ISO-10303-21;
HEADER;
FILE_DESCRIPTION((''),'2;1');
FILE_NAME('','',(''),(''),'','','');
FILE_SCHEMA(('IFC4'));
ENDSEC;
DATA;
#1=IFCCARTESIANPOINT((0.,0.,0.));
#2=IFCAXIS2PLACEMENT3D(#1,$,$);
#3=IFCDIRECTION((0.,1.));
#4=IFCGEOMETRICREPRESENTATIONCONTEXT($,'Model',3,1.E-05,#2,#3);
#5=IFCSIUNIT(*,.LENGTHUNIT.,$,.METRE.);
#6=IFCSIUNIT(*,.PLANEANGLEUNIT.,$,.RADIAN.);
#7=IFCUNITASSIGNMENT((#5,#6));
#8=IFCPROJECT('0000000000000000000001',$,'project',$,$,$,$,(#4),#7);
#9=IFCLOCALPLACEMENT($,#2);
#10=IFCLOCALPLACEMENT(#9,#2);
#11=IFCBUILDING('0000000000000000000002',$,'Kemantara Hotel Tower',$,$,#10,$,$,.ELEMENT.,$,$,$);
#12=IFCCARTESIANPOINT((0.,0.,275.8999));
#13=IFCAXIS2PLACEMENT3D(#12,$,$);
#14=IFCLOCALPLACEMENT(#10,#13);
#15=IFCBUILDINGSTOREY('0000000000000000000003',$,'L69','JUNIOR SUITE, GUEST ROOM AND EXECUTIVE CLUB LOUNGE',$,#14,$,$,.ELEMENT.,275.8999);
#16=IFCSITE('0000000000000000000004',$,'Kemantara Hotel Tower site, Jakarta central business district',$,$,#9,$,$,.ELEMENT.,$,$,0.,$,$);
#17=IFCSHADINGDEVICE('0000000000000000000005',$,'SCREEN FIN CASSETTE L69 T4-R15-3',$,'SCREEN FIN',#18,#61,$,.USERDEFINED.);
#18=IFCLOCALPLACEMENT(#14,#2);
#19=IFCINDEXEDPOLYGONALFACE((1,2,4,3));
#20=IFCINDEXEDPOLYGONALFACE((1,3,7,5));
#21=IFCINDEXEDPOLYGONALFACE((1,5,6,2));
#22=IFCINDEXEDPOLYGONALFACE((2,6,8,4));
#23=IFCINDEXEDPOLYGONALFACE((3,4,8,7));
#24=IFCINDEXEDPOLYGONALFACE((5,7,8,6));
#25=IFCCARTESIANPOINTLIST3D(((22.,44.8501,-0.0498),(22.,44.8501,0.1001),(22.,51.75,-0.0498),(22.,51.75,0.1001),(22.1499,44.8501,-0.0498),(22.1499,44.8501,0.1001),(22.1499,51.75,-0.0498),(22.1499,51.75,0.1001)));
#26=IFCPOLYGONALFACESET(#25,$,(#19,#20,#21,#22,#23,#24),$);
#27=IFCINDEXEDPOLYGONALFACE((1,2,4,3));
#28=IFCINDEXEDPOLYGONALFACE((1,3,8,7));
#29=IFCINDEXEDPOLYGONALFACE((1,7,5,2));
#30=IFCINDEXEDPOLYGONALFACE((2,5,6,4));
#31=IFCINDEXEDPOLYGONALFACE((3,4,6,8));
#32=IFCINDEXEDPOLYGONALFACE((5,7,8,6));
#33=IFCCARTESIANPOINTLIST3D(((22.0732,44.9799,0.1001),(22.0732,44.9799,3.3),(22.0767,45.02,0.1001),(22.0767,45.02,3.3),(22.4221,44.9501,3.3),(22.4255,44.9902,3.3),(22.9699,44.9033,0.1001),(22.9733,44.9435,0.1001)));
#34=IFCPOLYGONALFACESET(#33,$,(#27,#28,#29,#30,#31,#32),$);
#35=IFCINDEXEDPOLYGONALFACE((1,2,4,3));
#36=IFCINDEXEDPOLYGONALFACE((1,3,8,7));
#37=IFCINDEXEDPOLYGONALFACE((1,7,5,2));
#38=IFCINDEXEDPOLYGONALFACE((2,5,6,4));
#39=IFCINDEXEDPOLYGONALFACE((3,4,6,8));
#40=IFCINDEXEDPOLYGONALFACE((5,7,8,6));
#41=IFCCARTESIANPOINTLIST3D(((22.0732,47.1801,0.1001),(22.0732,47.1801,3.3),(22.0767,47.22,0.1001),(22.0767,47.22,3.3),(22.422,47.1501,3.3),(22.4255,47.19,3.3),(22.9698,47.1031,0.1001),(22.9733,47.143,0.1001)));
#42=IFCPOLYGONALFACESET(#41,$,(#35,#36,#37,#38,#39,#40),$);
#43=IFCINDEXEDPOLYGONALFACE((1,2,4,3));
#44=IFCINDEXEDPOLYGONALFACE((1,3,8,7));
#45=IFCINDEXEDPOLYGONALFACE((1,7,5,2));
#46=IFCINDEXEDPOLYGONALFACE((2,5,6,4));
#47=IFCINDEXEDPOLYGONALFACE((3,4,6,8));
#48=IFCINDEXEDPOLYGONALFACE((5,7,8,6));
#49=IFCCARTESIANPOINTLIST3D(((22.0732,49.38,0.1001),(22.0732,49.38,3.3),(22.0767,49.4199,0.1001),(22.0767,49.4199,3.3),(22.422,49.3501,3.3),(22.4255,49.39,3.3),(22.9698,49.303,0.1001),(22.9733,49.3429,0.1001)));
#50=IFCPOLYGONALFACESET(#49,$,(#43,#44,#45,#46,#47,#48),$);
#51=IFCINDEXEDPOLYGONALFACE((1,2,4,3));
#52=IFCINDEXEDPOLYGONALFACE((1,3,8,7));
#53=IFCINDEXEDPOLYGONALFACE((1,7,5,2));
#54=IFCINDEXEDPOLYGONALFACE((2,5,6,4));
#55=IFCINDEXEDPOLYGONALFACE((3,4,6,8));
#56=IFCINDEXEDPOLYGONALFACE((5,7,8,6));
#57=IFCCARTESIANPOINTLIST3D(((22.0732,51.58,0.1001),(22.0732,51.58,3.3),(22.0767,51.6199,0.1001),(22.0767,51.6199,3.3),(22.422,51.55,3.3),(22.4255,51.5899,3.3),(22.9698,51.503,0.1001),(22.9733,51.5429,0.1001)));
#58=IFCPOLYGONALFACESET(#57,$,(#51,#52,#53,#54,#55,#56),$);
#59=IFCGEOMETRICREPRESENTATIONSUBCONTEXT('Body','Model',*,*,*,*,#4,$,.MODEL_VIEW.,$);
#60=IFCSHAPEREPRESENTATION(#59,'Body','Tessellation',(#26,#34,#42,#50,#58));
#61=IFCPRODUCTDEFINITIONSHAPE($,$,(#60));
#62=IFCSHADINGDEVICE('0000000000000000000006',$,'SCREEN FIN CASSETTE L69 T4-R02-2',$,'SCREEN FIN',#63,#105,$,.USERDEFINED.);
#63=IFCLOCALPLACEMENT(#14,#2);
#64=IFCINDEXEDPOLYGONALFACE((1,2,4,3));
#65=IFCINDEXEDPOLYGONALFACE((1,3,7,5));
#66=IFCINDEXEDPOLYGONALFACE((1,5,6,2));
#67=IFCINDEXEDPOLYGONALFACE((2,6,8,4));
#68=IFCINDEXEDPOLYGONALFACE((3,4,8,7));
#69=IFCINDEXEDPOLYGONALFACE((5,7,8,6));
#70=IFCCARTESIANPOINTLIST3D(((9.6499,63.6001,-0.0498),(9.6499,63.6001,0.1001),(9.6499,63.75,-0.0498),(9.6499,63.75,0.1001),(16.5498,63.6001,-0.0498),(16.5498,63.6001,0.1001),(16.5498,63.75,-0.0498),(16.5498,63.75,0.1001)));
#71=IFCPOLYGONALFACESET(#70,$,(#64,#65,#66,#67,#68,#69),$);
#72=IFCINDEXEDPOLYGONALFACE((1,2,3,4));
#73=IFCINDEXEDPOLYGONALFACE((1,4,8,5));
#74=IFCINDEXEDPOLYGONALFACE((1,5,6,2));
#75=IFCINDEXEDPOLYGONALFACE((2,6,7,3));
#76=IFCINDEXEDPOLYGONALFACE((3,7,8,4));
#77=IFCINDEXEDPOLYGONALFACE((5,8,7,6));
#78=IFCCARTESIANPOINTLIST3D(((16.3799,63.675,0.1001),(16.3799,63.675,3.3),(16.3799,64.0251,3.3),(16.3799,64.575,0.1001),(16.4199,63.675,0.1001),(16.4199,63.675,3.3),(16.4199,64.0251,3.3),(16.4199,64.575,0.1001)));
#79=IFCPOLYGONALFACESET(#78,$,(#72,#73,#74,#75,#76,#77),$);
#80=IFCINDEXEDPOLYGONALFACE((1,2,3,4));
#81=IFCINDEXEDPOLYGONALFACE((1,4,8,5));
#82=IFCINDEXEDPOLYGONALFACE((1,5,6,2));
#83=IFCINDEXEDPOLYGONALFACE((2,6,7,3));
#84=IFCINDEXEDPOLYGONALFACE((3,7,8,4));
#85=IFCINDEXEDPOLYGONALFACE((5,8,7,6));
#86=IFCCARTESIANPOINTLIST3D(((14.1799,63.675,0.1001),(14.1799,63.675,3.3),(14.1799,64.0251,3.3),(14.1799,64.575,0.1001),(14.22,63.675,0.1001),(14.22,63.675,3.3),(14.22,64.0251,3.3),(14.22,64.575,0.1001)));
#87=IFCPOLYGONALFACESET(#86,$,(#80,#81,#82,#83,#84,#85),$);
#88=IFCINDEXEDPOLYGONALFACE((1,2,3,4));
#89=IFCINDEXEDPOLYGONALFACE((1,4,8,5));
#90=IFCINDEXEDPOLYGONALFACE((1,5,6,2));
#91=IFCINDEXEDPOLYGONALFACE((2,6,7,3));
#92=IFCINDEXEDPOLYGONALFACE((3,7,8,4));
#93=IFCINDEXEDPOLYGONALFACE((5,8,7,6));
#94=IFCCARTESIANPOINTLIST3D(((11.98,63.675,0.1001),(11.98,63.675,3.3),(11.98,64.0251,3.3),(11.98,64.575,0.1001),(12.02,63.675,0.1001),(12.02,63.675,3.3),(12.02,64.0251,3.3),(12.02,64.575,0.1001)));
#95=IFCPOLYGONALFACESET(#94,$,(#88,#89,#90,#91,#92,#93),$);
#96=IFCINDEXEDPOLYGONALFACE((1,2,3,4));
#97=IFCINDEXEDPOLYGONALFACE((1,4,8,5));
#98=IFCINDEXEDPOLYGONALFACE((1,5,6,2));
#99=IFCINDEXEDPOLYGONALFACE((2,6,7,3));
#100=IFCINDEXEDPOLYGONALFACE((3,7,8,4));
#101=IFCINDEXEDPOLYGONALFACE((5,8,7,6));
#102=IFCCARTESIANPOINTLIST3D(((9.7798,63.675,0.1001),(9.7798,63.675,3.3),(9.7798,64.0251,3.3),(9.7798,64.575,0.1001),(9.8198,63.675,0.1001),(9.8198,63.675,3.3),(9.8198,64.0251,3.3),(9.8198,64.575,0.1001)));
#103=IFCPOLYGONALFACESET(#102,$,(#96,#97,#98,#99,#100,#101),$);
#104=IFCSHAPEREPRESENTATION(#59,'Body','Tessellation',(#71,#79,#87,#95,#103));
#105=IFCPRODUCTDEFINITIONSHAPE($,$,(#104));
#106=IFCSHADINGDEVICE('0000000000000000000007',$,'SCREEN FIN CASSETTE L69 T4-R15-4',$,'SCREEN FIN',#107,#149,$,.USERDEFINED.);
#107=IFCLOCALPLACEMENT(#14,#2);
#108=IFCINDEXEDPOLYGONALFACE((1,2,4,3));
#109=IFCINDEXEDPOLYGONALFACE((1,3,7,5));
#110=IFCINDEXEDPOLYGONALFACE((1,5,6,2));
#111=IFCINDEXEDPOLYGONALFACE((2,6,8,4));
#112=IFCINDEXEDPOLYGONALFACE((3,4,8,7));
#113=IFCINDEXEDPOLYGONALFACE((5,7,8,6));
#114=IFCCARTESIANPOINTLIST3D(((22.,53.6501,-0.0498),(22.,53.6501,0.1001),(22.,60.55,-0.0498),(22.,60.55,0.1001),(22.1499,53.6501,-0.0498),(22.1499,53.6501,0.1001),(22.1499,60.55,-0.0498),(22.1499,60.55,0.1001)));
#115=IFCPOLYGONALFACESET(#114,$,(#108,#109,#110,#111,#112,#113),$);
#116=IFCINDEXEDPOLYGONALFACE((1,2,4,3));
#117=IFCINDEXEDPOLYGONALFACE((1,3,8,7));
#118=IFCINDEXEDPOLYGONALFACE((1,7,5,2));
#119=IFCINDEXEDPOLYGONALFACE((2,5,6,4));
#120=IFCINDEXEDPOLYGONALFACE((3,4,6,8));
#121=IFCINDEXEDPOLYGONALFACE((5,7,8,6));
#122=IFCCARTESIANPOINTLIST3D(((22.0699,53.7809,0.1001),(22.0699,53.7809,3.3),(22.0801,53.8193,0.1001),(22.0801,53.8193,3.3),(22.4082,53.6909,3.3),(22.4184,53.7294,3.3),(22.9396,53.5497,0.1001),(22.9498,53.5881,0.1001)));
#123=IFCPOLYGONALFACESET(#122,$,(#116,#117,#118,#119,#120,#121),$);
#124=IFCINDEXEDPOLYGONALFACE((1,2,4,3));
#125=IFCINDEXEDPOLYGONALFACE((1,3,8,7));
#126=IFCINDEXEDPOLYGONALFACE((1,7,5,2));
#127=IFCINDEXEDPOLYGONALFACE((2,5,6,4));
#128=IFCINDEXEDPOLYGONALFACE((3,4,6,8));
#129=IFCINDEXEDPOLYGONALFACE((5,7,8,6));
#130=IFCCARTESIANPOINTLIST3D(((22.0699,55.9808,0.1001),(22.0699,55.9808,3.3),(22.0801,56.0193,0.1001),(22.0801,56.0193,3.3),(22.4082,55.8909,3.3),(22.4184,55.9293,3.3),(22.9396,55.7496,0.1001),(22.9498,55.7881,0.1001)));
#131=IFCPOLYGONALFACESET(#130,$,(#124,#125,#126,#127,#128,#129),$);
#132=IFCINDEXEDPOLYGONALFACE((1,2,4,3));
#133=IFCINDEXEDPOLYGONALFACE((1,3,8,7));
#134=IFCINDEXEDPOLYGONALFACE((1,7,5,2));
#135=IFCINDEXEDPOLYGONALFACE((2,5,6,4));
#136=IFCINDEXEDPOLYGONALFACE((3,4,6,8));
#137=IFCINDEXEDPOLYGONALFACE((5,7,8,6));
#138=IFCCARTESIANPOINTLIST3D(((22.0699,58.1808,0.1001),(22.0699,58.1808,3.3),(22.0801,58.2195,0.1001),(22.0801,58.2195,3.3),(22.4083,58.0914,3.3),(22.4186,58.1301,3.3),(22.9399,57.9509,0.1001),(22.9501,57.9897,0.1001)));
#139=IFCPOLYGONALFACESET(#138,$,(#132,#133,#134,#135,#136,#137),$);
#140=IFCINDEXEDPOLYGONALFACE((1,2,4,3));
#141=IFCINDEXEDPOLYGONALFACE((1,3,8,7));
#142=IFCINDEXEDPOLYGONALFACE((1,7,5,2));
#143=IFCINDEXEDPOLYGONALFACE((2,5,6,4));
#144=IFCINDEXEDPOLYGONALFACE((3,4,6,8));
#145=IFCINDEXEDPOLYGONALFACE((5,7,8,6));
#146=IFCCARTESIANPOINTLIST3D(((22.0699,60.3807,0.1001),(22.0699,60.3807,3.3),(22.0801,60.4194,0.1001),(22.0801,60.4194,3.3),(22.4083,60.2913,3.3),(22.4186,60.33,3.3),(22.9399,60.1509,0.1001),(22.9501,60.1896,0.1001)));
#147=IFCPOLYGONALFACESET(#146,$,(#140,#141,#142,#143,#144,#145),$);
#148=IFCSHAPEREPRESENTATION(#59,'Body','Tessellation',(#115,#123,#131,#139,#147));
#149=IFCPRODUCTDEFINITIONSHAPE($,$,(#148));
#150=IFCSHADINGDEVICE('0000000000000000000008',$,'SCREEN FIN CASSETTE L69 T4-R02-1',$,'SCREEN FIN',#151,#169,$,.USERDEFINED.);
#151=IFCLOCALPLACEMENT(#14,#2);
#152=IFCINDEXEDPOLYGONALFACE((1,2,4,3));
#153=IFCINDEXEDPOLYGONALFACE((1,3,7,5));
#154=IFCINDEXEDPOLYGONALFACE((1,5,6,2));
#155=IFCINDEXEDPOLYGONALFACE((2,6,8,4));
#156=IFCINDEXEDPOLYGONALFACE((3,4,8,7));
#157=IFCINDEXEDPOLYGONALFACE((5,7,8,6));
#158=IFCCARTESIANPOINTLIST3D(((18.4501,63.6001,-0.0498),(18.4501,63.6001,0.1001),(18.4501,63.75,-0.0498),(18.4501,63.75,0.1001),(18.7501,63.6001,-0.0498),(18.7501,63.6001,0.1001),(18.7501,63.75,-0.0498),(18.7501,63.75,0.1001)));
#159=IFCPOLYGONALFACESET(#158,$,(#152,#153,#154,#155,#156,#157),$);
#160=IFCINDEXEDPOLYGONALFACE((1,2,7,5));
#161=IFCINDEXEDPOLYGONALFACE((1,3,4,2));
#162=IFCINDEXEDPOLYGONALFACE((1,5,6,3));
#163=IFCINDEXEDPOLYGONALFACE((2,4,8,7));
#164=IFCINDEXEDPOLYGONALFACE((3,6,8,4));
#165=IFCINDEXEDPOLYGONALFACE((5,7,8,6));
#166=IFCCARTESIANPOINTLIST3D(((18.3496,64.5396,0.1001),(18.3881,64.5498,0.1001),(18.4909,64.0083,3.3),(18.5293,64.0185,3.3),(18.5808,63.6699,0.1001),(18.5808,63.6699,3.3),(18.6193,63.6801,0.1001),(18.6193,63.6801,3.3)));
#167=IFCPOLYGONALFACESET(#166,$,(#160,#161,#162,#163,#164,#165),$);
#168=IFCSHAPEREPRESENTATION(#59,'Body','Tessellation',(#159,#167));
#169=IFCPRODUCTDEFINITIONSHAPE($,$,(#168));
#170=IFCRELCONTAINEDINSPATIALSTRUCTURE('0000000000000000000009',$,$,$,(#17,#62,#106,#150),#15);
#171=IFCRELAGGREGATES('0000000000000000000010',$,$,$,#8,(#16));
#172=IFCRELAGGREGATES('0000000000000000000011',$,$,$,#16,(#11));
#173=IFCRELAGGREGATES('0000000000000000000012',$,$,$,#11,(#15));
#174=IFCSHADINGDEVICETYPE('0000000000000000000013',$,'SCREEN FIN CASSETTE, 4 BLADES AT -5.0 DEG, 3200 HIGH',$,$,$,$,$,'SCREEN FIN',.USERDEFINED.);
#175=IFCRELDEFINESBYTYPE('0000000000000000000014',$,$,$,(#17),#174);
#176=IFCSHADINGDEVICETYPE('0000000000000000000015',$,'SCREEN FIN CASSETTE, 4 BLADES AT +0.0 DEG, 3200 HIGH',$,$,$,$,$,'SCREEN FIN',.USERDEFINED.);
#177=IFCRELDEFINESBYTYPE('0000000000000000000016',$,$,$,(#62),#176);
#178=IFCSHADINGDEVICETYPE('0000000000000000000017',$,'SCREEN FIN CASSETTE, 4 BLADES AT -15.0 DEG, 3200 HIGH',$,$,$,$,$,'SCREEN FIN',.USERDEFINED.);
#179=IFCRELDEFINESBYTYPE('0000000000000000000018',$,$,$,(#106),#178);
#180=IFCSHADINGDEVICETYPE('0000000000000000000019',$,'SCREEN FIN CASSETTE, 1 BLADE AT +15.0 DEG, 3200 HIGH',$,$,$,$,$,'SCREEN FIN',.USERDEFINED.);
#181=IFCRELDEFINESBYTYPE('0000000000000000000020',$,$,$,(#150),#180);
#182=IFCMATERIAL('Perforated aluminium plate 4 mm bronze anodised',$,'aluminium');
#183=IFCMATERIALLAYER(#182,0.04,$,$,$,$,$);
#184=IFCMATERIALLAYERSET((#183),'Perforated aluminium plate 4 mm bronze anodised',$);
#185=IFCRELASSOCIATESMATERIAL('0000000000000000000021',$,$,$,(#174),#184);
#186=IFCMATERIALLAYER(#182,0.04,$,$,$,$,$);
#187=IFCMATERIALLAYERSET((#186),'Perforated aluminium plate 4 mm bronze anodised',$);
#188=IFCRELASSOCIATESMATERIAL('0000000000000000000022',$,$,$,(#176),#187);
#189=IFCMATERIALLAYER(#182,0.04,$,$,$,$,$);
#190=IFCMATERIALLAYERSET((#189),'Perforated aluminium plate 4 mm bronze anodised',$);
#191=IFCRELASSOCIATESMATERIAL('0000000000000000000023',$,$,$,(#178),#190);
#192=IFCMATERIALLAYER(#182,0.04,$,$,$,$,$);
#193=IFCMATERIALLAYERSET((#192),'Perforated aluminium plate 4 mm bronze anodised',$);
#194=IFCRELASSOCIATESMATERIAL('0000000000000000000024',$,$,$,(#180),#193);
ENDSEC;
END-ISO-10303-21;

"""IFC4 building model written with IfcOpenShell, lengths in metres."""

from ifc_helpers import new_model, si_unit, direction, frame, origin, origin_2d, place, context, subcontext, project, spatial, polyline, rectangle, outline, extrude, source, transform, mapped, material, layer, layer_set, type_object, element, save


model = new_model("IFC4")

# Units and contexts
model_context = context("Model", 3, precision=1e-05, world=origin(), true_north=direction((0.0, 1.0)))
body_context = subcontext(model_context, "Body", "Model", "MODEL_VIEW")
ifc_project = project(units=[si_unit("LENGTHUNIT", "METRE"), si_unit("PLANEANGLEUNIT", "RADIAN")], contexts=[model_context])

# Site, building, storey
site_placement = place(None, origin())
site = spatial("IfcSite", under=ifc_project, at=site_placement, Name="Kemantara Hotel Tower site, Jakarta central business district", CompositionType="ELEMENT", RefElevation=0.0)
building_placement = place(site_placement, origin())
building = spatial("IfcBuilding", under=site, at=building_placement, Name="Kemantara Hotel Tower", CompositionType="ELEMENT")
storey_placement = place(building_placement, frame((0.0, 0.0, 275.8999)))
storey = spatial("IfcBuildingStorey", under=building, at=storey_placement, Name="L69", Description="JUNIOR SUITE, GUEST ROOM AND EXECUTIVE CLUB LOUNGE", CompositionType="ELEMENT", Elevation=275.8999)

# Shading devices
ifc_material_1 = material(Name="Perforated aluminium plate 4 mm bronze anodised", Category="aluminium")
ifc_layer_1 = layer(ifc_material_1, 0.04)
ifc_layer_set_1 = layer_set([ifc_layer_1], Name="Perforated aluminium plate 4 mm bronze anodised")
shading_device_type_1 = type_object("IfcShadingDeviceType", Name="SCREEN FIN CASSETTE, 4 BLADES AT -5.0 DEG, 3200 HIGH", ElementType="SCREEN FIN", PredefinedType="USERDEFINED", material=ifc_layer_set_1)
shared_shape_1 = source(origin(), body_context, "Body", "SweptSolid", [
    extrude(rectangle(XDim=6.8999, YDim=0.1499, at=origin_2d()), frame((3.3, -0.075, -0.1499), z_axis=(0.0, 0.0, 1.0), x_axis=(1.0, 0.0, 0.0)), (0.0, 0.0, 1.0), 0.1499),
    extrude(outline(polyline([(0.0, 0.0), (0.8999, 0.0), (0.3501, 3.2), (0.0, 3.2), (0.0, 0.0)])), frame((0.02, -0.0767, 0.0), z_axis=(-0.996376, 0.085056, 0.0), x_axis=(-0.085056, -0.996376, 0.0)), (0.0, 0.0, 1.0), 0.0403),
    extrude(outline(polyline([(0.0, 0.0), (0.8999, 0.0), (0.3501, 3.2), (0.0, 3.2), (0.0, 0.0)])), frame((2.22, -0.0767, 0.0), z_axis=(-0.996332, 0.085575, 0.0), x_axis=(-0.085575, -0.996332, 0.0)), (0.0, 0.0, 1.0), 0.04),
    extrude(outline(polyline([(0.0, 0.0), (0.8999, 0.0), (0.3501, 3.2), (0.0, 3.2), (0.0, 0.0)])), frame((4.4199, -0.0767, 0.0), z_axis=(-0.996332, 0.085575, 0.0), x_axis=(-0.085575, -0.996332, 0.0)), (0.0, 0.0, 1.0), 0.04),
    extrude(outline(polyline([(0.0, 0.0), (0.8999, 0.0), (0.3501, 3.2), (0.0, 3.2), (0.0, 0.0)])), frame((6.6199, -0.0767, 0.0), z_axis=(-0.996332, 0.085575, 0.0), x_axis=(-0.085575, -0.996332, 0.0)), (0.0, 0.0, 1.0), 0.04),
])
shading_device_1_placement = place(storey_placement, frame((22.0, 45.0, 0.1001), z_axis=(0.0, 0.0, 1.0), x_axis=(0.0, 1.0, 0.0)))
element("IfcShadingDevice", 1, at=shading_device_1_placement, inside=storey, type_object=shading_device_type_1, Name="SCREEN FIN CASSETTE L69 T4-R15-3", ObjectType="SCREEN FIN", PredefinedType="USERDEFINED", context=body_context, shape_type="MappedRepresentation", body=[
    mapped(shared_shape_1, transform((0.0, 0.0, 0.0))),
])
ifc_layer_2 = layer(ifc_material_1, 0.04)
ifc_layer_set_2 = layer_set([ifc_layer_2], Name="Perforated aluminium plate 4 mm bronze anodised")
shading_device_type_2 = type_object("IfcShadingDeviceType", Name="SCREEN FIN CASSETTE, 4 BLADES AT +0.0 DEG, 3200 HIGH", ElementType="SCREEN FIN", PredefinedType="USERDEFINED", material=ifc_layer_set_2)
shared_shape_2 = source(origin(), body_context, "Body", "SweptSolid", [
    extrude(rectangle(XDim=6.8999, YDim=0.1499, at=origin_2d()), frame((3.3, -0.075, -0.1499), z_axis=(0.0, 0.0, 1.0), x_axis=(1.0, 0.0, 0.0)), (0.0, 0.0, 1.0), 0.1499),
    extrude(outline(polyline([(0.0, 0.0), (0.8999, 0.0), (0.3501, 3.2), (0.0, 3.2), (0.0, 0.0)])), frame((0.02, -0.075, 0.0), z_axis=(-1.0, 0.0, 0.0), x_axis=(0.0, -1.0, 0.0)), (0.0, 0.0, 1.0), 0.04),
    extrude(outline(polyline([(0.0, 0.0), (0.8999, 0.0), (0.3501, 3.2), (0.0, 3.2), (0.0, 0.0)])), frame((2.22, -0.075, 0.0), z_axis=(-1.0, 0.0, 0.0), x_axis=(0.0, -1.0, 0.0)), (0.0, 0.0, 1.0), 0.04),
    extrude(outline(polyline([(0.0, 0.0), (0.8999, 0.0), (0.3501, 3.2), (0.0, 3.2), (0.0, 0.0)])), frame((4.4199, -0.075, 0.0), z_axis=(-1.0, 0.0, 0.0), x_axis=(0.0, -1.0, 0.0)), (0.0, 0.0, 1.0), 0.04),
    extrude(outline(polyline([(0.0, 0.0), (0.8999, 0.0), (0.3501, 3.2), (0.0, 3.2), (0.0, 0.0)])), frame((6.6201, -0.075, 0.0), z_axis=(-1.0, 0.0, 0.0), x_axis=(0.0, -1.0, 0.0)), (0.0, 0.0, 1.0), 0.04),
])
shading_device_2_placement = place(storey_placement, frame((16.3999, 63.6001, 0.1001), z_axis=(0.0, 0.0, 1.0), x_axis=(-1.0, 0.0, 0.0)))
element("IfcShadingDevice", 2, at=shading_device_2_placement, inside=storey, type_object=shading_device_type_2, Name="SCREEN FIN CASSETTE L69 T4-R02-2", ObjectType="SCREEN FIN", PredefinedType="USERDEFINED", context=body_context, shape_type="MappedRepresentation", body=[
    mapped(shared_shape_2, transform((0.0, 0.0, 0.0))),
])
ifc_layer_3 = layer(ifc_material_1, 0.04)
ifc_layer_set_3 = layer_set([ifc_layer_3], Name="Perforated aluminium plate 4 mm bronze anodised")
shading_device_type_3 = type_object("IfcShadingDeviceType", Name="SCREEN FIN CASSETTE, 4 BLADES AT -15.0 DEG, 3200 HIGH", ElementType="SCREEN FIN", PredefinedType="USERDEFINED", material=ifc_layer_set_3)
shared_shape_3 = source(origin(), body_context, "Body", "SweptSolid", [
    extrude(rectangle(XDim=6.8999, YDim=0.1499, at=origin_2d()), frame((3.3, -0.075, -0.1499), z_axis=(0.0, 0.0, 1.0), x_axis=(1.0, 0.0, 0.0)), (0.0, 0.0, 1.0), 0.1499),
    extrude(outline(polyline([(0.0, 0.0), (0.8999, 0.0), (0.3501, 3.2), (0.0, 3.2), (0.0, 0.0)])), frame((0.0193, -0.0801, 0.0), z_axis=(-0.966438, 0.256901, 0.0), x_axis=(-0.256901, -0.966438, 0.0)), (0.0, 0.0, 1.0), 0.0398),
    extrude(outline(polyline([(0.0, 0.0), (0.8999, 0.0), (0.3501, 3.2), (0.0, 3.2), (0.0, 0.0)])), frame((2.2192, -0.0801, 0.0), z_axis=(-0.966438, 0.256901, 0.0), x_axis=(-0.256901, -0.966438, 0.0)), (0.0, 0.0, 1.0), 0.0398),
    extrude(outline(polyline([(0.0, 0.0), (0.8999, 0.0), (0.3501, 3.2), (0.0, 3.2), (0.0, 0.0)])), frame((4.4194, -0.0801, 0.0), z_axis=(-0.966838, 0.255391, 0.0), x_axis=(-0.255391, -0.966838, 0.0)), (0.0, 0.0, 1.0), 0.04),
    extrude(outline(polyline([(0.0, 0.0), (0.8999, 0.0), (0.3501, 3.2), (0.0, 3.2), (0.0, 0.0)])), frame((6.6194, -0.0801, 0.0), z_axis=(-0.966838, 0.255391, 0.0), x_axis=(-0.255391, -0.966838, 0.0)), (0.0, 0.0, 1.0), 0.04),
])
shading_device_3_placement = place(storey_placement, frame((22.0, 53.8, 0.1001), z_axis=(0.0, 0.0, 1.0), x_axis=(0.0, 1.0, 0.0)))
element("IfcShadingDevice", 3, at=shading_device_3_placement, inside=storey, type_object=shading_device_type_3, Name="SCREEN FIN CASSETTE L69 T4-R15-4", ObjectType="SCREEN FIN", PredefinedType="USERDEFINED", context=body_context, shape_type="MappedRepresentation", body=[
    mapped(shared_shape_3, transform((0.0, 0.0, 0.0))),
])
ifc_layer_4 = layer(ifc_material_1, 0.04)
ifc_layer_set_4 = layer_set([ifc_layer_4], Name="Perforated aluminium plate 4 mm bronze anodised")
shading_device_type_4 = type_object("IfcShadingDeviceType", Name="SCREEN FIN CASSETTE, 1 BLADE AT +15.0 DEG, 3200 HIGH", ElementType="SCREEN FIN", PredefinedType="USERDEFINED", material=ifc_layer_set_4)
shared_shape_4 = source(origin(), body_context, "Body", "SweptSolid", [
    extrude(rectangle(XDim=0.3, YDim=0.1499, at=origin_2d()), frame((0.0, -0.075, -0.1499), z_axis=(0.0, 0.0, 1.0), x_axis=(1.0, 0.0, 0.0)), (0.0, 0.0, 1.0), 0.1499),
    extrude(outline(polyline([(0.0, 0.0), (0.8999, 0.0), (0.3501, 3.2), (0.0, 3.2), (0.0, 0.0)])), frame((0.0193, -0.0698, 0.0), z_axis=(-0.966438, -0.256901, 0.0), x_axis=(0.256901, -0.966438, 0.0)), (0.0, 0.0, 1.0), 0.0398),
])
shading_device_4_placement = place(storey_placement, frame((18.6001, 63.6001, 0.1001), z_axis=(0.0, 0.0, 1.0), x_axis=(-1.0, 0.0, 0.0)))
element("IfcShadingDevice", 4, at=shading_device_4_placement, inside=storey, type_object=shading_device_type_4, Name="SCREEN FIN CASSETTE L69 T4-R02-1", ObjectType="SCREEN FIN", PredefinedType="USERDEFINED", context=body_context, shape_type="MappedRepresentation", body=[
    mapped(shared_shape_4, transform((0.0, 0.0, 0.0))),
])

save(model, "model.ifc")
